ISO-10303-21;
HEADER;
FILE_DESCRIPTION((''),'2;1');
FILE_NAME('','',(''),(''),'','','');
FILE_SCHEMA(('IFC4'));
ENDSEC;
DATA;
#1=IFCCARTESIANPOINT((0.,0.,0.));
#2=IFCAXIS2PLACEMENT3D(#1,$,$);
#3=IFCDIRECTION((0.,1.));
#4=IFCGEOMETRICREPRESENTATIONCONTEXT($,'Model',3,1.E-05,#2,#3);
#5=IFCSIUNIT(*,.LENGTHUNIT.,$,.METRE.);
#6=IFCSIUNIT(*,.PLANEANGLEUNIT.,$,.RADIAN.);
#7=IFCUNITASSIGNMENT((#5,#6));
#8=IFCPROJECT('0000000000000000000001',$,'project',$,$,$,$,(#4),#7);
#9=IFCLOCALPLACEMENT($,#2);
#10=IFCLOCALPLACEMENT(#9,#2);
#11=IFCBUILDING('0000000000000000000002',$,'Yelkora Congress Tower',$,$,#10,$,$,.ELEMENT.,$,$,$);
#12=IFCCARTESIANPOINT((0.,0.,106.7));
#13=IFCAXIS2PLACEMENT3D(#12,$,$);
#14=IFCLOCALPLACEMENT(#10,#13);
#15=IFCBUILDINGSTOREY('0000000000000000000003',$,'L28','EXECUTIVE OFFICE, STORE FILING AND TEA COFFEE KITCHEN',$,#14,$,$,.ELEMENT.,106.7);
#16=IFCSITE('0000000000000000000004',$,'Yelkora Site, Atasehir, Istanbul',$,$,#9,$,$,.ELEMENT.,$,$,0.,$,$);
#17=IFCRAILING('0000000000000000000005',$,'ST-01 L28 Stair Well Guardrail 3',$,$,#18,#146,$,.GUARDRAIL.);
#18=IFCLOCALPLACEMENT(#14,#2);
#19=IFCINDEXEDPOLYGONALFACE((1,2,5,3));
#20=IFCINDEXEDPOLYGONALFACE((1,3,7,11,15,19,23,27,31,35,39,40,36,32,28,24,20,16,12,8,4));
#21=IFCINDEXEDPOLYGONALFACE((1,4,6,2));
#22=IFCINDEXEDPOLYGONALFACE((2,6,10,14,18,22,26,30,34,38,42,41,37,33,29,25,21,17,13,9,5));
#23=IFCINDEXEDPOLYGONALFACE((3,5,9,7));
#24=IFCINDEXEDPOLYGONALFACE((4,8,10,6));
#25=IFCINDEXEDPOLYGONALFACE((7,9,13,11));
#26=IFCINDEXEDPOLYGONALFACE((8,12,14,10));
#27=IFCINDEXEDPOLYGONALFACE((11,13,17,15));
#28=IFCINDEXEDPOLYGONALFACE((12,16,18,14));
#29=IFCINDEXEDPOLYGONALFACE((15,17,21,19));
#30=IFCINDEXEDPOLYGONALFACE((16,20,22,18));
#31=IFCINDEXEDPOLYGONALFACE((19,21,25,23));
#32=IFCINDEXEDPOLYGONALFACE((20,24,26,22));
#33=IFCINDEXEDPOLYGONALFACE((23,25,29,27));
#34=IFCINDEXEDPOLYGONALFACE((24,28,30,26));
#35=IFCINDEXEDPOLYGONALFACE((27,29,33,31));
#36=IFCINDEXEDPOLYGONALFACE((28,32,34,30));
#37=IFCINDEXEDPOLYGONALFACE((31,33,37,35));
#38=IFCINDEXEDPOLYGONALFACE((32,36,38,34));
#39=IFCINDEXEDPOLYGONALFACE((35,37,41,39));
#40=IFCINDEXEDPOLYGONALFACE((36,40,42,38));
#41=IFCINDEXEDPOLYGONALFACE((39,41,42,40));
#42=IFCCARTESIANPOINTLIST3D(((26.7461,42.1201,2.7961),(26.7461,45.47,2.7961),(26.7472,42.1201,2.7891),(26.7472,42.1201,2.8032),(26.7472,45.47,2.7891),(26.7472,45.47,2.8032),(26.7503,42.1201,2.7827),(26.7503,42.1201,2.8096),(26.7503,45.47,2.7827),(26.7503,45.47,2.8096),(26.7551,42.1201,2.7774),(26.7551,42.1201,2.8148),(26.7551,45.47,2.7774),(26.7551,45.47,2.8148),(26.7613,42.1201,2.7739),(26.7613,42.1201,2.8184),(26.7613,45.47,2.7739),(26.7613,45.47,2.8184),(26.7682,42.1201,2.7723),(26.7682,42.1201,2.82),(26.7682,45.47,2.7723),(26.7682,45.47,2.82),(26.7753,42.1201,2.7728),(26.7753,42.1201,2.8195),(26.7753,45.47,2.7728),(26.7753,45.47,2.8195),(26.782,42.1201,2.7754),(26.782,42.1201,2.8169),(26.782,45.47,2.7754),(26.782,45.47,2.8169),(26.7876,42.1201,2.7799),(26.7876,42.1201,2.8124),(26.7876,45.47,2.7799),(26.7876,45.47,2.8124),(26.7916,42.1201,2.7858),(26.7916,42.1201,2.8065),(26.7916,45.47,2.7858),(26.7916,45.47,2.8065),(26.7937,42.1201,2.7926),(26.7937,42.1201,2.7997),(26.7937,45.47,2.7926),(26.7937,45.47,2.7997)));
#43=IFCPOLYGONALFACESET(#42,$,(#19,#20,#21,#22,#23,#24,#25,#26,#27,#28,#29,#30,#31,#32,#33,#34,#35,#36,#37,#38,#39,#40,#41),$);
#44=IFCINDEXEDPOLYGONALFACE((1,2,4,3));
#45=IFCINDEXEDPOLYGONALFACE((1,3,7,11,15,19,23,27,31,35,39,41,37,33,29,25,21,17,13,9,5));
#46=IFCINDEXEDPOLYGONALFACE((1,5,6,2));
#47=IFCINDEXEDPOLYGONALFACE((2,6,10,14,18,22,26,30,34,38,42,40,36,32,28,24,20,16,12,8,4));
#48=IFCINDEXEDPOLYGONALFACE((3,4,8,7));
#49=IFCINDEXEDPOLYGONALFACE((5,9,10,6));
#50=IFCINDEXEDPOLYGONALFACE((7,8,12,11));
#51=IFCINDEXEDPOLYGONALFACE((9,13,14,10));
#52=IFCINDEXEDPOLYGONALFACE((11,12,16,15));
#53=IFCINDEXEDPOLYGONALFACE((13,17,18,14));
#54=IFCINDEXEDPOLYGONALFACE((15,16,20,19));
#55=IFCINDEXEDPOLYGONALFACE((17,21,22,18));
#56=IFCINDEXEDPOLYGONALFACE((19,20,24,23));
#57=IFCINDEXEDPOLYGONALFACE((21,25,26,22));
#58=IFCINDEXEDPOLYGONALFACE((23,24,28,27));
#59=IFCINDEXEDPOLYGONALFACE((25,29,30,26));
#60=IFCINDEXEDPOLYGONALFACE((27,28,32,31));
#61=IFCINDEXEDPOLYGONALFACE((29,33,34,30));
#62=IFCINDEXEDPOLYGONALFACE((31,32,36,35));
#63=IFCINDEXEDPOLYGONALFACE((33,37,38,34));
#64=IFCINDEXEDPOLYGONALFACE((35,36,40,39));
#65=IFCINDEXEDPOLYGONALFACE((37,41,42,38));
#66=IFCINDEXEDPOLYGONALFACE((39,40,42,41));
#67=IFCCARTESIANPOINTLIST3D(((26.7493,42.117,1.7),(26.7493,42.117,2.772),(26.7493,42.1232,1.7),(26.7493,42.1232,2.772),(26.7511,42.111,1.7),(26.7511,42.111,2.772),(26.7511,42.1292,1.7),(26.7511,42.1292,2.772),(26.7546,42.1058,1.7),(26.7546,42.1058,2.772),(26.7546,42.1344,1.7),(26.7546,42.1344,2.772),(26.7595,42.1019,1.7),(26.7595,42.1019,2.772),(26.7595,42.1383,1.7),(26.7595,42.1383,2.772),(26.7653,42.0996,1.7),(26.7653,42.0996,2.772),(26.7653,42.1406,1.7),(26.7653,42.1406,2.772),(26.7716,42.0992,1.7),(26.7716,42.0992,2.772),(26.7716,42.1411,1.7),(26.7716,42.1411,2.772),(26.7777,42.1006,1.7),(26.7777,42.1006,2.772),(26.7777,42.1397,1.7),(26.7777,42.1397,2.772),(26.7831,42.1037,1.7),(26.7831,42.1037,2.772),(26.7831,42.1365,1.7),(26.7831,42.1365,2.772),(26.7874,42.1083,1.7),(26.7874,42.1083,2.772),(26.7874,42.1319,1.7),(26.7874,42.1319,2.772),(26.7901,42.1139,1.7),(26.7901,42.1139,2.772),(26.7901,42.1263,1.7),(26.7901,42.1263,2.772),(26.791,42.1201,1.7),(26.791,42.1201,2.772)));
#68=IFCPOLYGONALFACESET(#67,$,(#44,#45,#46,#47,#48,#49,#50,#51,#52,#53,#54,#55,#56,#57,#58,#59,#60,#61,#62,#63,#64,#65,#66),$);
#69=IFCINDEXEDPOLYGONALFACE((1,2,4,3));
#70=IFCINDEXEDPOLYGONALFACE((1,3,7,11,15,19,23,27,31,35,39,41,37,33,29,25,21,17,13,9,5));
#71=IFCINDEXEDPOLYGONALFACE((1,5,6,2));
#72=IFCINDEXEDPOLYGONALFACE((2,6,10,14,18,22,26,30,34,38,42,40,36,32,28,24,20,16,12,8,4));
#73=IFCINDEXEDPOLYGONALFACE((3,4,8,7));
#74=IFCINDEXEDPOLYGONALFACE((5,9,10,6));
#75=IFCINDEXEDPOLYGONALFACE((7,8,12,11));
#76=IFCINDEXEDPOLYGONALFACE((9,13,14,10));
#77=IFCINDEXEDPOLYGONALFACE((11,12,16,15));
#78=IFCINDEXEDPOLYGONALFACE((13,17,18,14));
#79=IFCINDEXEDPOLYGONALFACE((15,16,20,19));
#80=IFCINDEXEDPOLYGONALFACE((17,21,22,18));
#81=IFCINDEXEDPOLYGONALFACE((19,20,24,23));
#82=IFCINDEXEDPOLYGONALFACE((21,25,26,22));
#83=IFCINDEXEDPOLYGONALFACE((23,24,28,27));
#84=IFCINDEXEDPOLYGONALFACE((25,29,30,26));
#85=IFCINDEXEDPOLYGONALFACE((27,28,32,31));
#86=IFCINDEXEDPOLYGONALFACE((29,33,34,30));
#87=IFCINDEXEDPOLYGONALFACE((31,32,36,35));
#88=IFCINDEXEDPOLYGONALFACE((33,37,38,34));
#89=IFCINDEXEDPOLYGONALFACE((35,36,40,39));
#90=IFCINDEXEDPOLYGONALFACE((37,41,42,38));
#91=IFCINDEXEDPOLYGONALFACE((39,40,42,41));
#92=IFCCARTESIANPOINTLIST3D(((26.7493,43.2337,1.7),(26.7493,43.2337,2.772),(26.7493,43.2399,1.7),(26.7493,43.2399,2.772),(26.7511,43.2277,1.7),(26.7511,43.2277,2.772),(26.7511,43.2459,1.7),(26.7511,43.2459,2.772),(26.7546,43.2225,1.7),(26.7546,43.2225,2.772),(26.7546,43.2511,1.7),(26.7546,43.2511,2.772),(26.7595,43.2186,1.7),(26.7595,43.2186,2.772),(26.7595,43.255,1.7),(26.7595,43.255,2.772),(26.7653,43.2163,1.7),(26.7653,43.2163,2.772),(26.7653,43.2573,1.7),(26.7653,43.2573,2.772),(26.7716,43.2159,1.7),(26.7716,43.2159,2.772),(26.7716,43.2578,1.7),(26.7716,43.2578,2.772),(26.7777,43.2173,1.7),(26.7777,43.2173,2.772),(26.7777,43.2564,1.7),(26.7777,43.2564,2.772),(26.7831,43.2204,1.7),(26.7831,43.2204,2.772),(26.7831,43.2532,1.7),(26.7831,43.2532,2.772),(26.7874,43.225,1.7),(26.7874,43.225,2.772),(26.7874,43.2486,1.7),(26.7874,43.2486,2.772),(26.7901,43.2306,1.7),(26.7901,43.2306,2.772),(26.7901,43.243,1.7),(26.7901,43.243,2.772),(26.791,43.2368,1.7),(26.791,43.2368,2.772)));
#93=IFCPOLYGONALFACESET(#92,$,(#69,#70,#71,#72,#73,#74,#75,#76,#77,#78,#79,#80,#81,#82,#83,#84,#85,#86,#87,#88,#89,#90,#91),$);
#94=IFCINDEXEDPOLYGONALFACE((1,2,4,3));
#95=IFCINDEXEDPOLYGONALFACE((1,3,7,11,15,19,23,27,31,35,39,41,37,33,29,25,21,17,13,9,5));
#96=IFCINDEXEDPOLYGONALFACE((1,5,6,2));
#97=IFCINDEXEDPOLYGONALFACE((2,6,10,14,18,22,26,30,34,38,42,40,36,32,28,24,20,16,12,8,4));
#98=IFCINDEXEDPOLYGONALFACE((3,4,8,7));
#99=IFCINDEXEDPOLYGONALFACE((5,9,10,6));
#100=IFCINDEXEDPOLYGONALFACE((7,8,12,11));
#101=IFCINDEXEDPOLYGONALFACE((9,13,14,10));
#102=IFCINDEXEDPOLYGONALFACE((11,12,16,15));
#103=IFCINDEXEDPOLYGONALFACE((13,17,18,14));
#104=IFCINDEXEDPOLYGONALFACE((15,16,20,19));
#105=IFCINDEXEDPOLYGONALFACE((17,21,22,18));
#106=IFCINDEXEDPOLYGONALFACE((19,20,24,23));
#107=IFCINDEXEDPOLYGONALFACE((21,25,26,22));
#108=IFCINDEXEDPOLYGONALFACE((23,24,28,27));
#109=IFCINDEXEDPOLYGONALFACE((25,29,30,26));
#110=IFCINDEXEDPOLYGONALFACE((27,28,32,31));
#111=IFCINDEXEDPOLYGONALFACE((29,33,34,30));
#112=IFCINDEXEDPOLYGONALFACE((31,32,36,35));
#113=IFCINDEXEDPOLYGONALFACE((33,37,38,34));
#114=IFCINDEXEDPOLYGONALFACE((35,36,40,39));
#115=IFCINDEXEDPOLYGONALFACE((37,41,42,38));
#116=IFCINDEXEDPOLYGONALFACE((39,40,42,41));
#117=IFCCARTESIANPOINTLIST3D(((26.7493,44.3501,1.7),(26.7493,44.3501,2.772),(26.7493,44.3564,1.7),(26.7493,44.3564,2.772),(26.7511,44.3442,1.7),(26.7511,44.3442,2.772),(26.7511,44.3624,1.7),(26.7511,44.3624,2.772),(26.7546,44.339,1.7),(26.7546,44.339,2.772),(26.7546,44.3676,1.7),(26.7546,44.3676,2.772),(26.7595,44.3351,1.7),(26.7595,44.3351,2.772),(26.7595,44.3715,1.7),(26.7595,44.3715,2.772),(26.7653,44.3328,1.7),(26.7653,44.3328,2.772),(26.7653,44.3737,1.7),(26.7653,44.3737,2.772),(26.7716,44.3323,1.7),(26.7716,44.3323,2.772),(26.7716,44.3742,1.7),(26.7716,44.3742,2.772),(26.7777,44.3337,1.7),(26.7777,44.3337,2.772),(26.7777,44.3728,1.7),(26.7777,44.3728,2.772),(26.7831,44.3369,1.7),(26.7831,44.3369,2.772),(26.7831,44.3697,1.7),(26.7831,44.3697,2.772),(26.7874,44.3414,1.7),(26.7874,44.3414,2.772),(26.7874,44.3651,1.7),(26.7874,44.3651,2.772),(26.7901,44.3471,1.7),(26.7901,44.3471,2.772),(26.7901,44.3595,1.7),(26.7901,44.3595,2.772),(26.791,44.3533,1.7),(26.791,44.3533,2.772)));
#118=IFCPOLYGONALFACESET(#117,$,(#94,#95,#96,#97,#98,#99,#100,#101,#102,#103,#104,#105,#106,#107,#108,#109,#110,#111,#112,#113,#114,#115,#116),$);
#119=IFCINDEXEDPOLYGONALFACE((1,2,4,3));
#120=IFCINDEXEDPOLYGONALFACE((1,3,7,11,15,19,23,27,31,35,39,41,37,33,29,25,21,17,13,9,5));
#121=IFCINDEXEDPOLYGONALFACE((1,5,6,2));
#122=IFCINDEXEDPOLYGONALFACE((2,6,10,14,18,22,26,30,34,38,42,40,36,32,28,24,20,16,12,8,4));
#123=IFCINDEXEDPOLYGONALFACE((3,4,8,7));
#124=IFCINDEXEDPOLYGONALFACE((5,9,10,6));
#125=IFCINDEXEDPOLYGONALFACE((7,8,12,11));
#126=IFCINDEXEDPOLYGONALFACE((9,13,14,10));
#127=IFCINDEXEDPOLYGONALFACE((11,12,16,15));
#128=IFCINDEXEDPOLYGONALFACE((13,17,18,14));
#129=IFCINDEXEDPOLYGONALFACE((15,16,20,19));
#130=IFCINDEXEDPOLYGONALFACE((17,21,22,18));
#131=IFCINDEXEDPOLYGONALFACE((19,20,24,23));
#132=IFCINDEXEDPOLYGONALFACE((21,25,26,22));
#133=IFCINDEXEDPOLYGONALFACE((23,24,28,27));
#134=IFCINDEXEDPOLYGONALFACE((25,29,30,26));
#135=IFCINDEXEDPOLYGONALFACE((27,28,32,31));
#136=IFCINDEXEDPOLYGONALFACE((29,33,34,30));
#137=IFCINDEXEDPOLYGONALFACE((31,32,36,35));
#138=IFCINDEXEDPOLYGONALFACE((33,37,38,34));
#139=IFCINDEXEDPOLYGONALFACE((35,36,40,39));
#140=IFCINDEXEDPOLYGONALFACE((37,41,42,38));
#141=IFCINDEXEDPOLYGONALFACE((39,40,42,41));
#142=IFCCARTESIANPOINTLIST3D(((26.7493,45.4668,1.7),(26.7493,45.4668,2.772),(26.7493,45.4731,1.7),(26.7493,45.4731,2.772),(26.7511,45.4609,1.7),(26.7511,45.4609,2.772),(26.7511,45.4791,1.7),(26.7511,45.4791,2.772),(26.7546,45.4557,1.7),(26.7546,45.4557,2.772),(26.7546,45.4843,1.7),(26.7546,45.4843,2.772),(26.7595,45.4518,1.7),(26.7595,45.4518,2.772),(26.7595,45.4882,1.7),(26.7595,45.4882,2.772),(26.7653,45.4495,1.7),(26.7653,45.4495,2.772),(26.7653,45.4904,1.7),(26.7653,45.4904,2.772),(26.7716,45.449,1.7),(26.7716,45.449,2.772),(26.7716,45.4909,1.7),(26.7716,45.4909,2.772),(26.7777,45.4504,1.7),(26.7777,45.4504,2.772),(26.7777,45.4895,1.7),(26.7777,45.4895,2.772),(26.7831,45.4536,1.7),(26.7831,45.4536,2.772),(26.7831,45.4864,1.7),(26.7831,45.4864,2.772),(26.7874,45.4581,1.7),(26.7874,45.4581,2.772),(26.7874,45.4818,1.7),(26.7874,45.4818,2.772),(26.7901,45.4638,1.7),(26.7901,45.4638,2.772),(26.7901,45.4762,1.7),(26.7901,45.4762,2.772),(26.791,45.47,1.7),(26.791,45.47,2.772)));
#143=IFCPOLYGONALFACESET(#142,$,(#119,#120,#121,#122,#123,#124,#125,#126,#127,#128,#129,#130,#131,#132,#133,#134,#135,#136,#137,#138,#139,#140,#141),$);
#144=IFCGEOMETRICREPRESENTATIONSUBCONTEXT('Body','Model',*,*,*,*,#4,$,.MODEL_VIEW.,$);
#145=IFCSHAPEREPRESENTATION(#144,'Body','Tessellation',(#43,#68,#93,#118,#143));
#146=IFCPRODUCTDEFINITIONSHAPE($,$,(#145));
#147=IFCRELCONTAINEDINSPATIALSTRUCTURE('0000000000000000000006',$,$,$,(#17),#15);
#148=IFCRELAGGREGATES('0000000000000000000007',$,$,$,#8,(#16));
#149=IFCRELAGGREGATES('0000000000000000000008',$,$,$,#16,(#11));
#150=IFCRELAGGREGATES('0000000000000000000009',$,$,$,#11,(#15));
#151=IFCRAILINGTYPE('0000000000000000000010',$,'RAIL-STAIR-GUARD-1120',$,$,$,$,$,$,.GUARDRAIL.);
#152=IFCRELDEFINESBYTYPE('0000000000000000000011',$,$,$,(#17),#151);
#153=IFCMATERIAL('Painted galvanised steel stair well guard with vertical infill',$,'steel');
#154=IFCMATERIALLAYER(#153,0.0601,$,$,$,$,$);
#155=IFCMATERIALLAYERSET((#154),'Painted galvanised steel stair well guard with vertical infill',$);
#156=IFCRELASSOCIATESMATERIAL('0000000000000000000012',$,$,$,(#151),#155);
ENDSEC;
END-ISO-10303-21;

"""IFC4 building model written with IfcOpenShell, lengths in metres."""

from ifc_helpers import new_model, si_unit, direction, frame, origin, origin_2d, place, context, subcontext, project, spatial, circle, extrude, material, layer, layer_set, type_object, element, save


model = new_model("IFC4")

# Units and contexts
model_context = context("Model", 3, precision=1e-05, world=origin(), true_north=direction((0.0, 1.0)))
body_context = subcontext(model_context, "Body", "Model", "MODEL_VIEW")
ifc_project = project(units=[si_unit("LENGTHUNIT", "METRE"), si_unit("PLANEANGLEUNIT", "RADIAN")], contexts=[model_context])

# Site, building, storey
site_placement = place(None, origin())
site = spatial("IfcSite", under=ifc_project, at=site_placement, Name="Yelkora Site, Atasehir, Istanbul", CompositionType="ELEMENT", RefElevation=0.0)
building_placement = place(site_placement, origin())
building = spatial("IfcBuilding", under=site, at=building_placement, Name="Yelkora Congress Tower", CompositionType="ELEMENT")
storey_placement = place(building_placement, frame((0.0, 0.0, 106.7)))
storey = spatial("IfcBuildingStorey", under=building, at=storey_placement, Name="L28", Description="EXECUTIVE OFFICE, STORE FILING AND TEA COFFEE KITCHEN", CompositionType="ELEMENT", Elevation=106.7)

# Railing
ifc_material_1 = material(Name="Painted galvanised steel stair well guard with vertical infill", Category="steel")
ifc_layer_1 = layer(ifc_material_1, 0.0601)
ifc_layer_set_1 = layer_set([ifc_layer_1], Name="Painted galvanised steel stair well guard with vertical infill")
railing_type_1 = type_object("IfcRailingType", Name="RAIL-STAIR-GUARD-1120", PredefinedType="GUARDRAIL", material=ifc_layer_set_1)
railing_1_placement = place(storey_placement, frame((26.77, 42.1201, 1.7)))
element("IfcRailing", 1, at=railing_1_placement, inside=storey, type_object=railing_type_1, Name="ST-01 L28 Stair Well Guardrail 3", PredefinedType="GUARDRAIL", context=body_context, shape_type="SweptSolid", body=[
    extrude(circle(Radius=0.0239, at=origin_2d()), frame((0.0, 0.0, 1.0962), z_axis=(0.0, 1.0, 0.0), x_axis=(-1.0, 0.0, 0.0)), (0.0, 0.0, 1.0), 3.3499),
    extrude(circle(Radius=0.021, at=origin_2d()), origin(), (0.0, 0.0, 1.0), 1.072),
    extrude(circle(Radius=0.021, at=origin_2d()), frame((0.0, 1.1167, 0.0)), (0.0, 0.0, 1.0), 1.072),
    extrude(circle(Radius=0.021, at=origin_2d()), frame((0.0, 2.2332, 0.0)), (0.0, 0.0, 1.0), 1.072),
    extrude(circle(Radius=0.021, at=origin_2d()), frame((0.0, 3.3499, 0.0)), (0.0, 0.0, 1.0), 1.072),
])

save(model, "model.ifc")
